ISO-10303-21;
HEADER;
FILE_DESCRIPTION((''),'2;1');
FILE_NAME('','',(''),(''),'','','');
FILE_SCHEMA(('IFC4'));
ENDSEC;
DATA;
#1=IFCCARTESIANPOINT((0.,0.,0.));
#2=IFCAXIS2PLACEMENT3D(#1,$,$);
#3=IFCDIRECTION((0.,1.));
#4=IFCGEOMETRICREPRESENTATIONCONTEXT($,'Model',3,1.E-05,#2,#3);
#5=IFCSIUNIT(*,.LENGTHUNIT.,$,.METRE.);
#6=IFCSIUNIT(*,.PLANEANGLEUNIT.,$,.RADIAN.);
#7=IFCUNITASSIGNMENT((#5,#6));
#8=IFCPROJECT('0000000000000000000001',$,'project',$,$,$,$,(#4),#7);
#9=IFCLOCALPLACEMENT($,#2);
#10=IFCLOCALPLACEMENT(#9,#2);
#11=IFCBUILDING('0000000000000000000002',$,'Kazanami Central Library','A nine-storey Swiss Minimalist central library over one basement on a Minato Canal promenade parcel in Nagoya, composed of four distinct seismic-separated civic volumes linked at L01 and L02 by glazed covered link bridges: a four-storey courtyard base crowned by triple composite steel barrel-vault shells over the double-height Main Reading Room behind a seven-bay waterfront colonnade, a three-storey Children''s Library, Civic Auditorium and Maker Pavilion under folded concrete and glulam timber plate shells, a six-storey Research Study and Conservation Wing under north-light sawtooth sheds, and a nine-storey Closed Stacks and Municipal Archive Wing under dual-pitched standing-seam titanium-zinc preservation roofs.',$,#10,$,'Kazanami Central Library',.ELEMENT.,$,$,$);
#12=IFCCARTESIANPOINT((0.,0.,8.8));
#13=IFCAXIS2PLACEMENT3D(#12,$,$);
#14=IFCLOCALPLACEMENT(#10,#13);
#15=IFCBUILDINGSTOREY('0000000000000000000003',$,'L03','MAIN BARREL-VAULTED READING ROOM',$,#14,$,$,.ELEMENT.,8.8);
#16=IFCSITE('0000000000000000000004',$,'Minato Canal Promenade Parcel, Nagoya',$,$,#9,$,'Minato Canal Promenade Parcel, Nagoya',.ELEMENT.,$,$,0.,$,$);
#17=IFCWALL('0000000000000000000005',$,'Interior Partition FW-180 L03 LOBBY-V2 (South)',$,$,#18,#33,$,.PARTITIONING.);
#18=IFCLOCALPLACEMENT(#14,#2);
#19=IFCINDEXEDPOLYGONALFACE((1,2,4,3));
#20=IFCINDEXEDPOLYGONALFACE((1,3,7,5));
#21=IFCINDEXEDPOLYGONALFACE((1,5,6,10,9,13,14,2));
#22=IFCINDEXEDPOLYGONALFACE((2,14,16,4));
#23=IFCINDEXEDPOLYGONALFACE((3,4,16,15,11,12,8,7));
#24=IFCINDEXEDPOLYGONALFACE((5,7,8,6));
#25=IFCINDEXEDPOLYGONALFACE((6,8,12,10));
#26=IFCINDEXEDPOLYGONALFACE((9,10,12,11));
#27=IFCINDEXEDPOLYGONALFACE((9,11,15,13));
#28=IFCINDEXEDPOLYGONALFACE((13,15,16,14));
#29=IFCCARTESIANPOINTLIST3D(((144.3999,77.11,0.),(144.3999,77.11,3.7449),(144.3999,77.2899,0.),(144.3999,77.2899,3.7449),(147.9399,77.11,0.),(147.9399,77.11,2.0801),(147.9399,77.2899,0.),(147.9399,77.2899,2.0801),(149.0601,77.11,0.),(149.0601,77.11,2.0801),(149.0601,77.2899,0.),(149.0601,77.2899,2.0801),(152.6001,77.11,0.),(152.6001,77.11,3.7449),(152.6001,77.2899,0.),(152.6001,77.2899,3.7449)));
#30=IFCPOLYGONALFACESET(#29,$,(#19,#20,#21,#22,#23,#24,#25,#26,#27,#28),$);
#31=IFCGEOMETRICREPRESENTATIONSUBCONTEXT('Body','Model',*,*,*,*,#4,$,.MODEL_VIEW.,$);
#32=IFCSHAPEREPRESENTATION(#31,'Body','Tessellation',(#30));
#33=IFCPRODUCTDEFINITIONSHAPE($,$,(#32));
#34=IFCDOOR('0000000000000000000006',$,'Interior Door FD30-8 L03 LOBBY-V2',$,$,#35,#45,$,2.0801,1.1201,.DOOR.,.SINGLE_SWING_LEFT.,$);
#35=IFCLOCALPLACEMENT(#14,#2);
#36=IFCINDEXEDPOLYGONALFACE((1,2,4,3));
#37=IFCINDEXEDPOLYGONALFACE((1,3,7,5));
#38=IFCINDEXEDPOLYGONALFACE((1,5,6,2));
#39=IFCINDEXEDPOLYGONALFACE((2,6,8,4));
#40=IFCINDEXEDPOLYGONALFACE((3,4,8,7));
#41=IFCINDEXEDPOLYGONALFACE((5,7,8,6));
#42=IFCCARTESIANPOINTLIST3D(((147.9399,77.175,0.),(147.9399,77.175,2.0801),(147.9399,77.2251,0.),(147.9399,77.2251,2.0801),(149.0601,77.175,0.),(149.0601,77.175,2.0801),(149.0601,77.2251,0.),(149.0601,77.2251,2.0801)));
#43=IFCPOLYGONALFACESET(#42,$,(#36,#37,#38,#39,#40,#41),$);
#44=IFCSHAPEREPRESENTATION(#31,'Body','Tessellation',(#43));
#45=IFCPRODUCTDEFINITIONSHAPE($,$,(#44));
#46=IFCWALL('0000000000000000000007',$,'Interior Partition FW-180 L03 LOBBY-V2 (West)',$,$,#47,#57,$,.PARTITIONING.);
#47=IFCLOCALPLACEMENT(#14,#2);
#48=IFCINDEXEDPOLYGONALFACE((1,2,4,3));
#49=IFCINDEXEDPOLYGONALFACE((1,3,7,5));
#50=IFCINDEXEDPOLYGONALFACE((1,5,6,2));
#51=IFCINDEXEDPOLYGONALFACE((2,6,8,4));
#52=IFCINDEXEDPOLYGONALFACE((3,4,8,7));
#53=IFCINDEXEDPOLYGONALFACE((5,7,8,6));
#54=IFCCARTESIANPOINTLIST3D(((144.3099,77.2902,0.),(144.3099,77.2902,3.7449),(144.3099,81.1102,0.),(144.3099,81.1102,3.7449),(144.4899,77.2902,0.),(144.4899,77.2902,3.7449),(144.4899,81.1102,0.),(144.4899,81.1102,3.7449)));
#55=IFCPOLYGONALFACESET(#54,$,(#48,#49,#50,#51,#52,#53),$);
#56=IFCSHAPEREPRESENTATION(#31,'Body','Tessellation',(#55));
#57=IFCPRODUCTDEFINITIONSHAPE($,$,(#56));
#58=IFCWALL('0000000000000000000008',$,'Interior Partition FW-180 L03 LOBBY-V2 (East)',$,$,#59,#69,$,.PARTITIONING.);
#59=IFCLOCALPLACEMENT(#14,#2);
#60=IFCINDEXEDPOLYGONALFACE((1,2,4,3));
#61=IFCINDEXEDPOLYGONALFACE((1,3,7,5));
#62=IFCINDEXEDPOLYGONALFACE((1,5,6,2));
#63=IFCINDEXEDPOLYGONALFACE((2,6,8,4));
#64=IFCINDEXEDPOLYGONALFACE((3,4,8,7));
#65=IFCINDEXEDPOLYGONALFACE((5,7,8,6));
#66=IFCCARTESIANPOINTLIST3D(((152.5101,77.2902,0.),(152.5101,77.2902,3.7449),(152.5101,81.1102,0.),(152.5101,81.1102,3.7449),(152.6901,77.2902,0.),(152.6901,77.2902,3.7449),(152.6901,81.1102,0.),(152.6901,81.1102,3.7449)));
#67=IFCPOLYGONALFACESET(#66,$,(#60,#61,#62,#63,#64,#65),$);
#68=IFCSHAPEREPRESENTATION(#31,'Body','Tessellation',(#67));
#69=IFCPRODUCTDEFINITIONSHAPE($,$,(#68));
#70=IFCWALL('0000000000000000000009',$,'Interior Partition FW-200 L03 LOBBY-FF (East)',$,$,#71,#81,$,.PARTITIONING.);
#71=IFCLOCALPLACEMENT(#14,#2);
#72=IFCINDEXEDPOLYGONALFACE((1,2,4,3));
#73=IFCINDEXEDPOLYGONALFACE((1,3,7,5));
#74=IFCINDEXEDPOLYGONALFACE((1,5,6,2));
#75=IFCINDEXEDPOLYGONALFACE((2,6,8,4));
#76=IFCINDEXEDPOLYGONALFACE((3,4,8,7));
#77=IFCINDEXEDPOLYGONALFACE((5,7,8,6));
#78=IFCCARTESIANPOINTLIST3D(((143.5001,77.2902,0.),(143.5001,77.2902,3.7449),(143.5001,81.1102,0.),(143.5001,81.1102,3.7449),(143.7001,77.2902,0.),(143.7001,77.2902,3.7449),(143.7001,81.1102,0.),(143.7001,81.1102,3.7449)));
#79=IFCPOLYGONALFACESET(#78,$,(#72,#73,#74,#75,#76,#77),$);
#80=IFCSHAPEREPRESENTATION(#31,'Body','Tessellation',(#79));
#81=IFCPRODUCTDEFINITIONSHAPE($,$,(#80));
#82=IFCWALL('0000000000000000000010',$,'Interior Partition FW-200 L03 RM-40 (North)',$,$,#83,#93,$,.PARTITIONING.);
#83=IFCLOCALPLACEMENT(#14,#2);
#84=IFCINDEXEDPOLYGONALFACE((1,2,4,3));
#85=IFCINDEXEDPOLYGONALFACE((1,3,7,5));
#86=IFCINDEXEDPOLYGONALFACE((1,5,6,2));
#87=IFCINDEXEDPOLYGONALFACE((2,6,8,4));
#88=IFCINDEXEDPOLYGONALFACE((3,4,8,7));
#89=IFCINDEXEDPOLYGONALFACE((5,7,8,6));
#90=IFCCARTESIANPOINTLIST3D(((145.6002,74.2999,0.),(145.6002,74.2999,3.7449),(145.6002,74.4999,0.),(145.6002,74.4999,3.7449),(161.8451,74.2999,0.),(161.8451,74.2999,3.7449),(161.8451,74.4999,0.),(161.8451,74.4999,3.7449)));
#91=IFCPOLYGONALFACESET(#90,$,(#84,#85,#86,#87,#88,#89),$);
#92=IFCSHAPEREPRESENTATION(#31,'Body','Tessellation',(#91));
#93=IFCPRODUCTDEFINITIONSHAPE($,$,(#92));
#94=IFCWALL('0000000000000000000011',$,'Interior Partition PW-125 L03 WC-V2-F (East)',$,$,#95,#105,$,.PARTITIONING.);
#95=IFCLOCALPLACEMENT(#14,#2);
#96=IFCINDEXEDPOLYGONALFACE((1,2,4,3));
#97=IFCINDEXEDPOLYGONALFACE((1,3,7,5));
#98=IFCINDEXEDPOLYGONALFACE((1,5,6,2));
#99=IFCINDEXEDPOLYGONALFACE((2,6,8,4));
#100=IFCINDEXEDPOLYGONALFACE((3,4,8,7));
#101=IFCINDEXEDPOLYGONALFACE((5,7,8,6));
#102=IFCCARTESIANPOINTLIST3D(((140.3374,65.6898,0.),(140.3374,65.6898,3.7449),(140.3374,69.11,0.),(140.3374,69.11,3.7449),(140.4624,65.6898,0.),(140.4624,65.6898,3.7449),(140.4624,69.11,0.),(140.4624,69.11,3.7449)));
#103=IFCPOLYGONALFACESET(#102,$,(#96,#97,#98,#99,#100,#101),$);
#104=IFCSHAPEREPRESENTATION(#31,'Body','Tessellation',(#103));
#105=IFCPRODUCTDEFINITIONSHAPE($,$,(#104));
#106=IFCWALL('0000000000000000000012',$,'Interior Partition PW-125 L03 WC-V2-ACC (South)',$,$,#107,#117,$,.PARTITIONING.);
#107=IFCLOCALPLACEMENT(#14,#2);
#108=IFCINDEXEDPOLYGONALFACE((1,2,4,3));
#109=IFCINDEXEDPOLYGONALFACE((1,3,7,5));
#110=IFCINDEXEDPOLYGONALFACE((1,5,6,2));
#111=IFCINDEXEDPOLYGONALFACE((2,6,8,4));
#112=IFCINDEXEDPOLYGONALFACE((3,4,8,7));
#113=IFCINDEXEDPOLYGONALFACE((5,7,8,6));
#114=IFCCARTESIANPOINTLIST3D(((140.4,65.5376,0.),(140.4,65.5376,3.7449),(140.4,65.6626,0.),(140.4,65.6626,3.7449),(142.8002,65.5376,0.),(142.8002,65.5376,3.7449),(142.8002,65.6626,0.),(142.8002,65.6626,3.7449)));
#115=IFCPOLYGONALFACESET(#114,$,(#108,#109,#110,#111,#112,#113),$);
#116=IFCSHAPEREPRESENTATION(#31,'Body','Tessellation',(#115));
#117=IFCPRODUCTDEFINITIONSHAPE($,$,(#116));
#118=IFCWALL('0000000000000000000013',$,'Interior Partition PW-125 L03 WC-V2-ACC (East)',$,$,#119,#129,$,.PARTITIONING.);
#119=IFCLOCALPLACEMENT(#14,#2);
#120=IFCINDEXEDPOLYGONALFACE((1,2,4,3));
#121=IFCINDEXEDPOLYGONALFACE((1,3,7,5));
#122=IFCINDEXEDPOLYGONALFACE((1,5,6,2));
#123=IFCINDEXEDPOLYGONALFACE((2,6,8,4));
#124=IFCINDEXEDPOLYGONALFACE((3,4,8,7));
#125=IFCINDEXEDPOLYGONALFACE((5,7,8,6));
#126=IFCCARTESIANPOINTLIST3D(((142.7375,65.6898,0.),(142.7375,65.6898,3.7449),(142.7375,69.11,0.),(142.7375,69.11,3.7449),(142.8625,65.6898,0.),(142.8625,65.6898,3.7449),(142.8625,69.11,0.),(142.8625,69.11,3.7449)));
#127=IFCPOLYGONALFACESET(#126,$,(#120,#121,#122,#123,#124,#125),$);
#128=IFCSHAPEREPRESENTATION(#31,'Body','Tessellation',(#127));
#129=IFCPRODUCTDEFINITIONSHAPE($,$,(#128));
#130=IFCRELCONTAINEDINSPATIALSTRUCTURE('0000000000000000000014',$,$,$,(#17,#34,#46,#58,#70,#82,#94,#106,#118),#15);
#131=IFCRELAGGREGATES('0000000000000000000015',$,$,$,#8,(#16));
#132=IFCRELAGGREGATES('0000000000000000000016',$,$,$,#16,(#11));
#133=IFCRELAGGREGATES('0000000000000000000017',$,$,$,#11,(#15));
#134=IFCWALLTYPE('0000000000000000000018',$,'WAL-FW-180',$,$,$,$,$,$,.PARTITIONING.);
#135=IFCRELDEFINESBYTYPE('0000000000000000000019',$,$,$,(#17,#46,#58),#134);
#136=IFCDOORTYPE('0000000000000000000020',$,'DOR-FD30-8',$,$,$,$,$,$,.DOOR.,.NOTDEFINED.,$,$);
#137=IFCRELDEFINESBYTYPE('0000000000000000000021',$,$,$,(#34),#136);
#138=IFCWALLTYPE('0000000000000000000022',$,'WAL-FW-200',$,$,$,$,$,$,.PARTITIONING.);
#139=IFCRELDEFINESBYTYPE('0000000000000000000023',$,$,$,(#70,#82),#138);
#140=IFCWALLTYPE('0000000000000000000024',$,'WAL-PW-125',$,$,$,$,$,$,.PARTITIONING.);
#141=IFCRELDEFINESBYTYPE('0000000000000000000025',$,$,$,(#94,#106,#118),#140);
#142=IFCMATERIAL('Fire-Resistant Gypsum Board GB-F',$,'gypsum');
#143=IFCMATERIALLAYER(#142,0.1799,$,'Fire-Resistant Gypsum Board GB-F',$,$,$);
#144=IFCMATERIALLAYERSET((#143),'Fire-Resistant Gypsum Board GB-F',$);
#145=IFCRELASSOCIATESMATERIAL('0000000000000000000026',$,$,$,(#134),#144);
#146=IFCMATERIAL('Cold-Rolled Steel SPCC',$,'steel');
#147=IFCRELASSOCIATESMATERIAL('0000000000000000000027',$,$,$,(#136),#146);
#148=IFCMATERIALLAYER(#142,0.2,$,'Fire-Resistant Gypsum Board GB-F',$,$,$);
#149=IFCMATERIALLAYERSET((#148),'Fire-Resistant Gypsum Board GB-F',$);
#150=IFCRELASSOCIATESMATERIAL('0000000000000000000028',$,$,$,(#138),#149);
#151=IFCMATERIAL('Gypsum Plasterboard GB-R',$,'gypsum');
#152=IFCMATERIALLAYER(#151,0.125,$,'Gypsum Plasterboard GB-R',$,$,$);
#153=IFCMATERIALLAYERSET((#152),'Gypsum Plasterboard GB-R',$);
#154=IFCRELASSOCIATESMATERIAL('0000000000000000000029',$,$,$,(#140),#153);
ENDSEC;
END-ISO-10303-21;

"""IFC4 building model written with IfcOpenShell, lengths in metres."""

from ifc_helpers import new_model, si_unit, direction, frame, frame_2d, origin, place, context, subcontext, project, spatial, rectangle, extrude, material, layer, layer_set, type_object, element, fill, save


model = new_model("IFC4")

# Units and contexts
model_context = context("Model", 3, precision=1e-05, world=origin(), true_north=direction((0.0, 1.0)))
body_context = subcontext(model_context, "Body", "Model", "MODEL_VIEW")
ifc_project = project(units=[si_unit("LENGTHUNIT", "METRE"), si_unit("PLANEANGLEUNIT", "RADIAN")], contexts=[model_context])

# Site, building, storey
site_placement = place(None, origin())
site = spatial("IfcSite", under=ifc_project, at=site_placement, Name="Minato Canal Promenade Parcel, Nagoya", LongName="Minato Canal Promenade Parcel, Nagoya", CompositionType="ELEMENT", RefElevation=0.0)
building_placement = place(site_placement, origin())
building = spatial("IfcBuilding", under=site, at=building_placement, Name="Kazanami Central Library", Description="A nine-storey Swiss Minimalist central library over one basement on a Minato Canal promenade parcel in Nagoya, composed of four distinct seismic-separated civic volumes linked at L01 and L02 by glazed covered link bridges: a four-storey courtyard base crowned by triple composite steel barrel-vault shells over the double-height Main Reading Room behind a seven-bay waterfront colonnade, a three-storey Children's Library, Civic Auditorium and Maker Pavilion under folded concrete and glulam timber plate shells, a six-storey Research Study and Conservation Wing under north-light sawtooth sheds, and a nine-storey Closed Stacks and Municipal Archive Wing under dual-pitched standing-seam titanium-zinc preservation roofs.", LongName="Kazanami Central Library", CompositionType="ELEMENT")
storey_placement = place(building_placement, frame((0.0, 0.0, 8.8)))
storey = spatial("IfcBuildingStorey", under=building, at=storey_placement, Name="L03", Description="MAIN BARREL-VAULTED READING ROOM", CompositionType="ELEMENT", Elevation=8.8)

# Shared definitions
ifc_material_1 = material(Name="Fire-Resistant Gypsum Board GB-F", Category="gypsum")

# Wall, opening, door
ifc_layer_1 = layer(ifc_material_1, 0.1799, Name="Fire-Resistant Gypsum Board GB-F")
ifc_layer_set_1 = layer_set([ifc_layer_1], Name="Fire-Resistant Gypsum Board GB-F")
wall_type_1 = type_object("IfcWallType", Name="WAL-FW-180", PredefinedType="PARTITIONING", material=ifc_layer_set_1)
wall_1_placement = place(storey_placement, frame((144.3999, 77.2, 0.0), z_axis=(0.0, 0.0, 1.0), x_axis=(1.0, 0.0, 0.0)))
wall_1 = element("IfcWall", 1, at=wall_1_placement, inside=storey, type_object=wall_type_1, Name="Interior Partition FW-180 L03 LOBBY-V2 (South)", PredefinedType="PARTITIONING", context=body_context, shape_type="SweptSolid", body=[
    extrude(rectangle(XDim=8.2002, YDim=0.1799, at=frame_2d((4.1001, 0.0))), origin(), (0.0, 0.0, 1.0), 3.7449),
])
opening_placement = place(wall_1_placement, frame((3.54, 0.0, 0.0)))
opening = element("IfcOpeningElement", 2, at=opening_placement, cuts=wall_1, PredefinedType="OPENING", context=body_context, shape_type="SweptSolid", body=[
    extrude(rectangle(XDim=1.1201, YDim=2.0801, at=frame_2d((0.5601, 1.04))), frame((0.0, 0.1021, 0.0), z_axis=(0.0, -1.0, 0.0), x_axis=(1.0, 0.0, 0.0)), (0.0, 0.0, 1.0), 0.2039),
])
ifc_material_2 = material(Name="Cold-Rolled Steel SPCC", Category="steel")
door_type = type_object("IfcDoorType", Name="DOR-FD30-8", OperationType="NOTDEFINED", PredefinedType="DOOR", material=ifc_material_2)
door_placement = place(opening_placement, frame((1.1201, 0.0, 0.0), z_axis=(0.0, 0.0, 1.0), x_axis=(-1.0, 0.0, 0.0)))
door = element("IfcDoor", 3, at=door_placement, inside=storey, type_object=door_type, Name="Interior Door FD30-8 L03 LOBBY-V2", OperationType="SINGLE_SWING_LEFT", OverallHeight=2.0801, OverallWidth=1.1201, PredefinedType="DOOR", context=body_context, shape_type="SweptSolid", body=[
    extrude(rectangle(XDim=1.1201, YDim=2.0801, at=frame_2d((0.5601, 1.04))), frame((0.0, 0.0249, 0.0), z_axis=(0.0, -1.0, 0.0), x_axis=(1.0, 0.0, 0.0)), (0.0, 0.0, 1.0), 0.05),
])
fill(opening, door)

# Walls
for number, where, z_axis, x_axis, name in (
    (4, (144.3999, 77.29, 0.0), (0.0, 0.0, 1.0), (0.0, 1.0, 0.0), "Interior Partition FW-180 L03 LOBBY-V2 (West)"),
    (5, (152.6001, 77.29, 0.0), (0.0, 0.0, 1.0), (0.0, 1.0, 0.0), "Interior Partition FW-180 L03 LOBBY-V2 (East)"),
):
    element("IfcWall", number, at=place(storey_placement, frame(where, z_axis=z_axis, x_axis=x_axis)), inside=storey, type_object=wall_type_1, Name=name, PredefinedType="PARTITIONING", context=body_context, shape_type="SweptSolid", body=[
        extrude(rectangle(XDim=3.8201, YDim=0.1799, at=frame_2d((1.9102, 0.0))), origin(), (0.0, 0.0, 1.0), 3.7449),
    ])
ifc_layer_2 = layer(ifc_material_1, 0.2, Name="Fire-Resistant Gypsum Board GB-F")
ifc_layer_set_2 = layer_set([ifc_layer_2], Name="Fire-Resistant Gypsum Board GB-F")
wall_type_2 = type_object("IfcWallType", Name="WAL-FW-200", PredefinedType="PARTITIONING", material=ifc_layer_set_2)
wall_2_placement = place(storey_placement, frame((143.6001, 77.29, 0.0), z_axis=(0.0, 0.0, 1.0), x_axis=(0.0, 1.0, 0.0)))
element("IfcWall", 6, at=wall_2_placement, inside=storey, type_object=wall_type_2, Name="Interior Partition FW-200 L03 LOBBY-FF (East)", PredefinedType="PARTITIONING", context=body_context, shape_type="SweptSolid", body=[
    extrude(rectangle(XDim=3.8201, YDim=0.2, at=frame_2d((1.9102, 0.0))), origin(), (0.0, 0.0, 1.0), 3.7449),
])
wall_3_placement = place(storey_placement, frame((145.6001, 74.3999, 0.0), z_axis=(0.0, 0.0, 1.0), x_axis=(1.0, 0.0, 0.0)))
element("IfcWall", 7, at=wall_3_placement, inside=storey, type_object=wall_type_2, Name="Interior Partition FW-200 L03 RM-40 (North)", PredefinedType="PARTITIONING", context=body_context, shape_type="SweptSolid", body=[
    extrude(rectangle(XDim=16.2449, YDim=0.2, at=frame_2d((8.1226, 0.0))), origin(), (0.0, 0.0, 1.0), 3.7449),
])
ifc_material_3 = material(Name="Gypsum Plasterboard GB-R", Category="gypsum")
ifc_layer_3 = layer(ifc_material_3, 0.125, Name="Gypsum Plasterboard GB-R")
ifc_layer_set_3 = layer_set([ifc_layer_3], Name="Gypsum Plasterboard GB-R")
wall_type_3 = type_object("IfcWallType", Name="WAL-PW-125", PredefinedType="PARTITIONING", material=ifc_layer_set_3)
wall_4_placement = place(storey_placement, frame((140.3999, 65.6899, 0.0), z_axis=(0.0, 0.0, 1.0), x_axis=(0.0, 1.0, 0.0)))
element("IfcWall", 8, at=wall_4_placement, inside=storey, type_object=wall_type_3, Name="Interior Partition PW-125 L03 WC-V2-F (East)", PredefinedType="PARTITIONING", context=body_context, shape_type="SweptSolid", body=[
    extrude(rectangle(XDim=3.4202, YDim=0.125, at=frame_2d((1.71, 0.0))), origin(), (0.0, 0.0, 1.0), 3.7449),
])
wall_5_placement = place(storey_placement, frame((140.3999, 65.6001, 0.0), z_axis=(0.0, 0.0, 1.0), x_axis=(1.0, 0.0, 0.0)))
element("IfcWall", 9, at=wall_5_placement, inside=storey, type_object=wall_type_3, Name="Interior Partition PW-125 L03 WC-V2-ACC (South)", PredefinedType="PARTITIONING", context=body_context, shape_type="SweptSolid", body=[
    extrude(rectangle(XDim=2.4001, YDim=0.125, at=frame_2d((1.2002, 0.0))), origin(), (0.0, 0.0, 1.0), 3.7449),
])
wall_6_placement = place(storey_placement, frame((142.8, 65.6899, 0.0), z_axis=(0.0, 0.0, 1.0), x_axis=(0.0, 1.0, 0.0)))
element("IfcWall", 10, at=wall_6_placement, inside=storey, type_object=wall_type_3, Name="Interior Partition PW-125 L03 WC-V2-ACC (East)", PredefinedType="PARTITIONING", context=body_context, shape_type="SweptSolid", body=[
    extrude(rectangle(XDim=3.4202, YDim=0.125, at=frame_2d((1.71, 0.0))), origin(), (0.0, 0.0, 1.0), 3.7449),
])

save(model, "model.ifc")
